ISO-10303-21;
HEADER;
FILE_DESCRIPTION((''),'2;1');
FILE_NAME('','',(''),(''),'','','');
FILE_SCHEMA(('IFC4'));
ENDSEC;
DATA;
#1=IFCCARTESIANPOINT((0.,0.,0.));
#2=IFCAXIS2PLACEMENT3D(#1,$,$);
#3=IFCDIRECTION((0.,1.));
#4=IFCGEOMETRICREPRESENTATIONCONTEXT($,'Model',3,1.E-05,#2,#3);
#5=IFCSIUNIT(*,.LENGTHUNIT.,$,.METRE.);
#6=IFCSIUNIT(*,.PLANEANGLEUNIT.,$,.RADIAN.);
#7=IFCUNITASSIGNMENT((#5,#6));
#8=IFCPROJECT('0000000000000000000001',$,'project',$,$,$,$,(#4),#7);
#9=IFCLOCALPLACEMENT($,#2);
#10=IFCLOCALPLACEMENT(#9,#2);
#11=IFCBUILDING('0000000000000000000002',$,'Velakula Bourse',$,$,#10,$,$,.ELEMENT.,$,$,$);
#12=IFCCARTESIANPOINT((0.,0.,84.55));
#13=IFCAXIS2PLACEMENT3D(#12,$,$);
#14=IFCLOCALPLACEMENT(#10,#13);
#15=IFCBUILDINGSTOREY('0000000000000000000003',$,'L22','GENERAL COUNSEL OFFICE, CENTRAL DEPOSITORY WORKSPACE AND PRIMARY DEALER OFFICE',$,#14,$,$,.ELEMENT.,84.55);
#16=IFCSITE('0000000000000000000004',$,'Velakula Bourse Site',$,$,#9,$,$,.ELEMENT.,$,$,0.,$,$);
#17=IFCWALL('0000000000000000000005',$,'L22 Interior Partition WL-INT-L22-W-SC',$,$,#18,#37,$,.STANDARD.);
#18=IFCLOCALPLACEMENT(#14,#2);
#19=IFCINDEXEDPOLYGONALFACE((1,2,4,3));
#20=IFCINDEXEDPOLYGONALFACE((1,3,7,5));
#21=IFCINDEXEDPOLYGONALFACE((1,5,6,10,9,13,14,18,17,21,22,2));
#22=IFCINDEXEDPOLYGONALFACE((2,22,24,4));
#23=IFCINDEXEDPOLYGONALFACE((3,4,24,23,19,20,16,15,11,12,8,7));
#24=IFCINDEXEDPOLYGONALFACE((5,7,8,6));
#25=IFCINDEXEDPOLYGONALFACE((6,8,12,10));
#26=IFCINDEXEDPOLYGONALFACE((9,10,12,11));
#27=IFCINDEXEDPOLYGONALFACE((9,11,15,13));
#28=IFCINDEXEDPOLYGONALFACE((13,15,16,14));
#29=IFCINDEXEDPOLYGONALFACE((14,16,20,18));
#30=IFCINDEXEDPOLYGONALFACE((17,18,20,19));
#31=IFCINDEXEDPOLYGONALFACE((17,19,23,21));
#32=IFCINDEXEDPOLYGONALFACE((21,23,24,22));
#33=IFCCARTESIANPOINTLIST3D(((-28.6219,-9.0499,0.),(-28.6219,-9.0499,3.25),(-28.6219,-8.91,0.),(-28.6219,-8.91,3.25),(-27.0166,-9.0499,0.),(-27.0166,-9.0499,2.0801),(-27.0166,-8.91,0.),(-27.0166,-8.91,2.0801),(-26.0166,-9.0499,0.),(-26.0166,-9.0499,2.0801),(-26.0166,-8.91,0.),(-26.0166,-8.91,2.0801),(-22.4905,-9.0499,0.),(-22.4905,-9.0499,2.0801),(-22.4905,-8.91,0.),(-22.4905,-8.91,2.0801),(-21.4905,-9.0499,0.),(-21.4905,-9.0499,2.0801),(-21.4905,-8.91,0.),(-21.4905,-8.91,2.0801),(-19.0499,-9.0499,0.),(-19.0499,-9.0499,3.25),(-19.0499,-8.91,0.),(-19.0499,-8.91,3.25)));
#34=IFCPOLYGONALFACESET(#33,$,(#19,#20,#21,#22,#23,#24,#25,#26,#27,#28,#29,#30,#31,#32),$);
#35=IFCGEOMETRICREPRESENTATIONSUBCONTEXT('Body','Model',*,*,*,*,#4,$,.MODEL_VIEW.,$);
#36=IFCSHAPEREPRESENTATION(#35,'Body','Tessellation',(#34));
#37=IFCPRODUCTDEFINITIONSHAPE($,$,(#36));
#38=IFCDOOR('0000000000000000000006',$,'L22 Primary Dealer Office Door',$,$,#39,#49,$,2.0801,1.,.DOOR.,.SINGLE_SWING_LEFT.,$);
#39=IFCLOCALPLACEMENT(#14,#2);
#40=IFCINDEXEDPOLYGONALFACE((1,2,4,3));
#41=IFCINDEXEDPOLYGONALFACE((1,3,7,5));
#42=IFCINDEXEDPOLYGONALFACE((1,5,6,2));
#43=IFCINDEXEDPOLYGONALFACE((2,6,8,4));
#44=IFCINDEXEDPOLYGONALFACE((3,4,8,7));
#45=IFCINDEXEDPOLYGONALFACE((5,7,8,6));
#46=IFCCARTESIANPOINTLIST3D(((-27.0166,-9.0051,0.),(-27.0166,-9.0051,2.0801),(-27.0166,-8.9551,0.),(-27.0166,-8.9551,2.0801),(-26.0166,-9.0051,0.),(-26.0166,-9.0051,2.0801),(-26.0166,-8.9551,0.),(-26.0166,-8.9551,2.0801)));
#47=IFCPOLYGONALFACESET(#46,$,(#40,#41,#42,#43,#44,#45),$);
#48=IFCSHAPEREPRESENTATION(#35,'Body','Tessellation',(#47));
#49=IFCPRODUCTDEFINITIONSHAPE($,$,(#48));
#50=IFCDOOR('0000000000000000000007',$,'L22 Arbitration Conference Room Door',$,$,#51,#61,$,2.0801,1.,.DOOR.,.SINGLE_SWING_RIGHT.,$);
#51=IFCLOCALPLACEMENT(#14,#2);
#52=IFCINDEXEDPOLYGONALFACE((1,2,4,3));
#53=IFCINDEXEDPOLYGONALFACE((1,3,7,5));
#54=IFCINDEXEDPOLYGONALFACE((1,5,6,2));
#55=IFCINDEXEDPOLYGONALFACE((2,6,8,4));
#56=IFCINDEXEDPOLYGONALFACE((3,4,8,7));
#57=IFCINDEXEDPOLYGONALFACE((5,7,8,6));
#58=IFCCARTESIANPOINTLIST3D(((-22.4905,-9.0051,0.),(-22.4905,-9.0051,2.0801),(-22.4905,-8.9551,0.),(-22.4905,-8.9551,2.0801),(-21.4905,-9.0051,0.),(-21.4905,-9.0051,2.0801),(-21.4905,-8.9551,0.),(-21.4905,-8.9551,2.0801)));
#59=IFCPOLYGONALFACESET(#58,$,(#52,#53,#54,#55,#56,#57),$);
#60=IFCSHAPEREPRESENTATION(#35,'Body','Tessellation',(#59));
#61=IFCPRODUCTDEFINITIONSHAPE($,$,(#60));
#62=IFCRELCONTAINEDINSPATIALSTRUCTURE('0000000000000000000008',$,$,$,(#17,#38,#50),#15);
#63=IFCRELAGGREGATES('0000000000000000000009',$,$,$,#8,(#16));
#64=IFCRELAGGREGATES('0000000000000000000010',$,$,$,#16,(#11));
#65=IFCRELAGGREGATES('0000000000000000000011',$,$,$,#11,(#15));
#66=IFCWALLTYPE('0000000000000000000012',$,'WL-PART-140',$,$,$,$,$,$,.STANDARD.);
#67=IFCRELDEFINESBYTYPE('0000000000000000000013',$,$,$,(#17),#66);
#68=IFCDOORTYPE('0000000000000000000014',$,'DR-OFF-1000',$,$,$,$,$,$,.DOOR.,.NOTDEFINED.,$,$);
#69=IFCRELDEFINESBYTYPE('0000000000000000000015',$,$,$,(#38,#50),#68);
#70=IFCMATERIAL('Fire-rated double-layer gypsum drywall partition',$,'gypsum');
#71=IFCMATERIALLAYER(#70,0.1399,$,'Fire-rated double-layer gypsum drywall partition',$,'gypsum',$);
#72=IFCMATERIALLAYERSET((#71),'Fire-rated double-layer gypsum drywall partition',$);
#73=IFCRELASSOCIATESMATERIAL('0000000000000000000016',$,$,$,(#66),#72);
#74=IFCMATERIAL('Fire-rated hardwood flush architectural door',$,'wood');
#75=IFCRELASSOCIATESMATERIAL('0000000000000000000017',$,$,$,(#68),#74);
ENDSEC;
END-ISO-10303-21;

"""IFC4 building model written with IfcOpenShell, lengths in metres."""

from ifc_helpers import new_model, si_unit, direction, frame, frame_2d, origin, place, context, subcontext, project, spatial, rectangle, extrude, material, layer, layer_set, type_object, element, fill, save


model = new_model("IFC4")

# Units and contexts
model_context = context("Model", 3, precision=1e-05, world=origin(), true_north=direction((0.0, 1.0)))
body_context = subcontext(model_context, "Body", "Model", "MODEL_VIEW")
ifc_project = project(units=[si_unit("LENGTHUNIT", "METRE"), si_unit("PLANEANGLEUNIT", "RADIAN")], contexts=[model_context])

# Site, building, storey
site_placement = place(None, origin())
site = spatial("IfcSite", under=ifc_project, at=site_placement, Name="Velakula Bourse Site", CompositionType="ELEMENT", RefElevation=0.0)
building_placement = place(site_placement, origin())
building = spatial("IfcBuilding", under=site, at=building_placement, Name="Velakula Bourse", CompositionType="ELEMENT")
storey_placement = place(building_placement, frame((0.0, 0.0, 84.55)))
storey = spatial("IfcBuildingStorey", under=building, at=storey_placement, Name="L22", Description="GENERAL COUNSEL OFFICE, CENTRAL DEPOSITORY WORKSPACE AND PRIMARY DEALER OFFICE", CompositionType="ELEMENT", Elevation=84.55)

# Shared definitions
ifc_material_1 = material(Name="Fire-rated double-layer gypsum drywall partition", Category="gypsum")

# Wall, openings, doors
ifc_layer_1 = layer(ifc_material_1, 0.1399, Name="Fire-rated double-layer gypsum drywall partition", Category="gypsum")
ifc_layer_set_1 = layer_set([ifc_layer_1], Name="Fire-rated double-layer gypsum drywall partition")
wall_type_1 = type_object("IfcWallType", Name="WL-PART-140", PredefinedType="STANDARD", material=ifc_layer_set_1)
ifc_material_2 = material(Name="Fire-rated hardwood flush architectural door", Category="wood")
door_type_1 = type_object("IfcDoorType", Name="DR-OFF-1000", OperationType="NOTDEFINED", PredefinedType="DOOR", material=ifc_material_2)
wall_1_placement = place(storey_placement, frame((-28.6221, -8.98, 0.0), z_axis=(0.0, 0.0, 1.0), x_axis=(1.0, 0.0, 0.0)))
wall_1 = element("IfcWall", 1, at=wall_1_placement, inside=storey, type_object=wall_type_1, Name="L22 Interior Partition WL-INT-L22-W-SC", PredefinedType="STANDARD", context=body_context, shape_type="SweptSolid", body=[
    extrude(rectangle(XDim=9.572, YDim=0.1399, at=frame_2d((4.7861, 0.0))), origin(), (0.0, 0.0, 1.0), 3.25),
])
opening_1_placement = place(wall_1_placement, frame((1.6055, 0.0, 0.0)))
opening_1 = element("IfcOpeningElement", 2, at=opening_1_placement, cuts=wall_1, PredefinedType="OPENING", context=body_context, shape_type="SweptSolid", body=[
    extrude(rectangle(XDim=1.0, YDim=2.0801, at=frame_2d((0.5, 1.04))), frame((0.0, 0.0798, 0.0), z_axis=(0.0, -1.0, 0.0), x_axis=(1.0, 0.0, 0.0)), (0.0, 0.0, 1.0), 0.1599),
])
opening_2_placement = place(wall_1_placement, frame((6.1316, 0.0, 0.0)))
opening_2 = element("IfcOpeningElement", 3, at=opening_2_placement, cuts=wall_1, PredefinedType="OPENING", context=body_context, shape_type="SweptSolid", body=[
    extrude(rectangle(XDim=1.0, YDim=2.0801, at=frame_2d((0.5, 1.04))), frame((0.0, 0.0798, 0.0), z_axis=(0.0, -1.0, 0.0), x_axis=(1.0, 0.0, 0.0)), (0.0, 0.0, 1.0), 0.1599),
])
door_1_placement = place(opening_1_placement, origin())
door_1 = element("IfcDoor", 4, at=door_1_placement, inside=storey, type_object=door_type_1, Name="L22 Primary Dealer Office Door", OperationType="SINGLE_SWING_LEFT", OverallHeight=2.0801, OverallWidth=1.0, PredefinedType="DOOR", context=body_context, shape_type="SweptSolid", body=[
    extrude(rectangle(XDim=1.0, YDim=2.0801, at=frame_2d((0.5, 1.04))), frame((0.0, 0.0249, 0.0), z_axis=(0.0, -1.0, 0.0), x_axis=(1.0, 0.0, 0.0)), (0.0, 0.0, 1.0), 0.05),
])
fill(opening_1, door_1)
door_2_placement = place(opening_2_placement, origin())
door_2 = element("IfcDoor", 5, at=door_2_placement, inside=storey, type_object=door_type_1, Name="L22 Arbitration Conference Room Door", OperationType="SINGLE_SWING_RIGHT", OverallHeight=2.0801, OverallWidth=1.0, PredefinedType="DOOR", context=body_context, shape_type="SweptSolid", body=[
    extrude(rectangle(XDim=1.0, YDim=2.0801, at=frame_2d((0.5, 1.04))), frame((0.0, 0.0249, 0.0), z_axis=(0.0, -1.0, 0.0), x_axis=(1.0, 0.0, 0.0)), (0.0, 0.0, 1.0), 0.05),
])
fill(opening_2, door_2)

save(model, "model.ifc")
